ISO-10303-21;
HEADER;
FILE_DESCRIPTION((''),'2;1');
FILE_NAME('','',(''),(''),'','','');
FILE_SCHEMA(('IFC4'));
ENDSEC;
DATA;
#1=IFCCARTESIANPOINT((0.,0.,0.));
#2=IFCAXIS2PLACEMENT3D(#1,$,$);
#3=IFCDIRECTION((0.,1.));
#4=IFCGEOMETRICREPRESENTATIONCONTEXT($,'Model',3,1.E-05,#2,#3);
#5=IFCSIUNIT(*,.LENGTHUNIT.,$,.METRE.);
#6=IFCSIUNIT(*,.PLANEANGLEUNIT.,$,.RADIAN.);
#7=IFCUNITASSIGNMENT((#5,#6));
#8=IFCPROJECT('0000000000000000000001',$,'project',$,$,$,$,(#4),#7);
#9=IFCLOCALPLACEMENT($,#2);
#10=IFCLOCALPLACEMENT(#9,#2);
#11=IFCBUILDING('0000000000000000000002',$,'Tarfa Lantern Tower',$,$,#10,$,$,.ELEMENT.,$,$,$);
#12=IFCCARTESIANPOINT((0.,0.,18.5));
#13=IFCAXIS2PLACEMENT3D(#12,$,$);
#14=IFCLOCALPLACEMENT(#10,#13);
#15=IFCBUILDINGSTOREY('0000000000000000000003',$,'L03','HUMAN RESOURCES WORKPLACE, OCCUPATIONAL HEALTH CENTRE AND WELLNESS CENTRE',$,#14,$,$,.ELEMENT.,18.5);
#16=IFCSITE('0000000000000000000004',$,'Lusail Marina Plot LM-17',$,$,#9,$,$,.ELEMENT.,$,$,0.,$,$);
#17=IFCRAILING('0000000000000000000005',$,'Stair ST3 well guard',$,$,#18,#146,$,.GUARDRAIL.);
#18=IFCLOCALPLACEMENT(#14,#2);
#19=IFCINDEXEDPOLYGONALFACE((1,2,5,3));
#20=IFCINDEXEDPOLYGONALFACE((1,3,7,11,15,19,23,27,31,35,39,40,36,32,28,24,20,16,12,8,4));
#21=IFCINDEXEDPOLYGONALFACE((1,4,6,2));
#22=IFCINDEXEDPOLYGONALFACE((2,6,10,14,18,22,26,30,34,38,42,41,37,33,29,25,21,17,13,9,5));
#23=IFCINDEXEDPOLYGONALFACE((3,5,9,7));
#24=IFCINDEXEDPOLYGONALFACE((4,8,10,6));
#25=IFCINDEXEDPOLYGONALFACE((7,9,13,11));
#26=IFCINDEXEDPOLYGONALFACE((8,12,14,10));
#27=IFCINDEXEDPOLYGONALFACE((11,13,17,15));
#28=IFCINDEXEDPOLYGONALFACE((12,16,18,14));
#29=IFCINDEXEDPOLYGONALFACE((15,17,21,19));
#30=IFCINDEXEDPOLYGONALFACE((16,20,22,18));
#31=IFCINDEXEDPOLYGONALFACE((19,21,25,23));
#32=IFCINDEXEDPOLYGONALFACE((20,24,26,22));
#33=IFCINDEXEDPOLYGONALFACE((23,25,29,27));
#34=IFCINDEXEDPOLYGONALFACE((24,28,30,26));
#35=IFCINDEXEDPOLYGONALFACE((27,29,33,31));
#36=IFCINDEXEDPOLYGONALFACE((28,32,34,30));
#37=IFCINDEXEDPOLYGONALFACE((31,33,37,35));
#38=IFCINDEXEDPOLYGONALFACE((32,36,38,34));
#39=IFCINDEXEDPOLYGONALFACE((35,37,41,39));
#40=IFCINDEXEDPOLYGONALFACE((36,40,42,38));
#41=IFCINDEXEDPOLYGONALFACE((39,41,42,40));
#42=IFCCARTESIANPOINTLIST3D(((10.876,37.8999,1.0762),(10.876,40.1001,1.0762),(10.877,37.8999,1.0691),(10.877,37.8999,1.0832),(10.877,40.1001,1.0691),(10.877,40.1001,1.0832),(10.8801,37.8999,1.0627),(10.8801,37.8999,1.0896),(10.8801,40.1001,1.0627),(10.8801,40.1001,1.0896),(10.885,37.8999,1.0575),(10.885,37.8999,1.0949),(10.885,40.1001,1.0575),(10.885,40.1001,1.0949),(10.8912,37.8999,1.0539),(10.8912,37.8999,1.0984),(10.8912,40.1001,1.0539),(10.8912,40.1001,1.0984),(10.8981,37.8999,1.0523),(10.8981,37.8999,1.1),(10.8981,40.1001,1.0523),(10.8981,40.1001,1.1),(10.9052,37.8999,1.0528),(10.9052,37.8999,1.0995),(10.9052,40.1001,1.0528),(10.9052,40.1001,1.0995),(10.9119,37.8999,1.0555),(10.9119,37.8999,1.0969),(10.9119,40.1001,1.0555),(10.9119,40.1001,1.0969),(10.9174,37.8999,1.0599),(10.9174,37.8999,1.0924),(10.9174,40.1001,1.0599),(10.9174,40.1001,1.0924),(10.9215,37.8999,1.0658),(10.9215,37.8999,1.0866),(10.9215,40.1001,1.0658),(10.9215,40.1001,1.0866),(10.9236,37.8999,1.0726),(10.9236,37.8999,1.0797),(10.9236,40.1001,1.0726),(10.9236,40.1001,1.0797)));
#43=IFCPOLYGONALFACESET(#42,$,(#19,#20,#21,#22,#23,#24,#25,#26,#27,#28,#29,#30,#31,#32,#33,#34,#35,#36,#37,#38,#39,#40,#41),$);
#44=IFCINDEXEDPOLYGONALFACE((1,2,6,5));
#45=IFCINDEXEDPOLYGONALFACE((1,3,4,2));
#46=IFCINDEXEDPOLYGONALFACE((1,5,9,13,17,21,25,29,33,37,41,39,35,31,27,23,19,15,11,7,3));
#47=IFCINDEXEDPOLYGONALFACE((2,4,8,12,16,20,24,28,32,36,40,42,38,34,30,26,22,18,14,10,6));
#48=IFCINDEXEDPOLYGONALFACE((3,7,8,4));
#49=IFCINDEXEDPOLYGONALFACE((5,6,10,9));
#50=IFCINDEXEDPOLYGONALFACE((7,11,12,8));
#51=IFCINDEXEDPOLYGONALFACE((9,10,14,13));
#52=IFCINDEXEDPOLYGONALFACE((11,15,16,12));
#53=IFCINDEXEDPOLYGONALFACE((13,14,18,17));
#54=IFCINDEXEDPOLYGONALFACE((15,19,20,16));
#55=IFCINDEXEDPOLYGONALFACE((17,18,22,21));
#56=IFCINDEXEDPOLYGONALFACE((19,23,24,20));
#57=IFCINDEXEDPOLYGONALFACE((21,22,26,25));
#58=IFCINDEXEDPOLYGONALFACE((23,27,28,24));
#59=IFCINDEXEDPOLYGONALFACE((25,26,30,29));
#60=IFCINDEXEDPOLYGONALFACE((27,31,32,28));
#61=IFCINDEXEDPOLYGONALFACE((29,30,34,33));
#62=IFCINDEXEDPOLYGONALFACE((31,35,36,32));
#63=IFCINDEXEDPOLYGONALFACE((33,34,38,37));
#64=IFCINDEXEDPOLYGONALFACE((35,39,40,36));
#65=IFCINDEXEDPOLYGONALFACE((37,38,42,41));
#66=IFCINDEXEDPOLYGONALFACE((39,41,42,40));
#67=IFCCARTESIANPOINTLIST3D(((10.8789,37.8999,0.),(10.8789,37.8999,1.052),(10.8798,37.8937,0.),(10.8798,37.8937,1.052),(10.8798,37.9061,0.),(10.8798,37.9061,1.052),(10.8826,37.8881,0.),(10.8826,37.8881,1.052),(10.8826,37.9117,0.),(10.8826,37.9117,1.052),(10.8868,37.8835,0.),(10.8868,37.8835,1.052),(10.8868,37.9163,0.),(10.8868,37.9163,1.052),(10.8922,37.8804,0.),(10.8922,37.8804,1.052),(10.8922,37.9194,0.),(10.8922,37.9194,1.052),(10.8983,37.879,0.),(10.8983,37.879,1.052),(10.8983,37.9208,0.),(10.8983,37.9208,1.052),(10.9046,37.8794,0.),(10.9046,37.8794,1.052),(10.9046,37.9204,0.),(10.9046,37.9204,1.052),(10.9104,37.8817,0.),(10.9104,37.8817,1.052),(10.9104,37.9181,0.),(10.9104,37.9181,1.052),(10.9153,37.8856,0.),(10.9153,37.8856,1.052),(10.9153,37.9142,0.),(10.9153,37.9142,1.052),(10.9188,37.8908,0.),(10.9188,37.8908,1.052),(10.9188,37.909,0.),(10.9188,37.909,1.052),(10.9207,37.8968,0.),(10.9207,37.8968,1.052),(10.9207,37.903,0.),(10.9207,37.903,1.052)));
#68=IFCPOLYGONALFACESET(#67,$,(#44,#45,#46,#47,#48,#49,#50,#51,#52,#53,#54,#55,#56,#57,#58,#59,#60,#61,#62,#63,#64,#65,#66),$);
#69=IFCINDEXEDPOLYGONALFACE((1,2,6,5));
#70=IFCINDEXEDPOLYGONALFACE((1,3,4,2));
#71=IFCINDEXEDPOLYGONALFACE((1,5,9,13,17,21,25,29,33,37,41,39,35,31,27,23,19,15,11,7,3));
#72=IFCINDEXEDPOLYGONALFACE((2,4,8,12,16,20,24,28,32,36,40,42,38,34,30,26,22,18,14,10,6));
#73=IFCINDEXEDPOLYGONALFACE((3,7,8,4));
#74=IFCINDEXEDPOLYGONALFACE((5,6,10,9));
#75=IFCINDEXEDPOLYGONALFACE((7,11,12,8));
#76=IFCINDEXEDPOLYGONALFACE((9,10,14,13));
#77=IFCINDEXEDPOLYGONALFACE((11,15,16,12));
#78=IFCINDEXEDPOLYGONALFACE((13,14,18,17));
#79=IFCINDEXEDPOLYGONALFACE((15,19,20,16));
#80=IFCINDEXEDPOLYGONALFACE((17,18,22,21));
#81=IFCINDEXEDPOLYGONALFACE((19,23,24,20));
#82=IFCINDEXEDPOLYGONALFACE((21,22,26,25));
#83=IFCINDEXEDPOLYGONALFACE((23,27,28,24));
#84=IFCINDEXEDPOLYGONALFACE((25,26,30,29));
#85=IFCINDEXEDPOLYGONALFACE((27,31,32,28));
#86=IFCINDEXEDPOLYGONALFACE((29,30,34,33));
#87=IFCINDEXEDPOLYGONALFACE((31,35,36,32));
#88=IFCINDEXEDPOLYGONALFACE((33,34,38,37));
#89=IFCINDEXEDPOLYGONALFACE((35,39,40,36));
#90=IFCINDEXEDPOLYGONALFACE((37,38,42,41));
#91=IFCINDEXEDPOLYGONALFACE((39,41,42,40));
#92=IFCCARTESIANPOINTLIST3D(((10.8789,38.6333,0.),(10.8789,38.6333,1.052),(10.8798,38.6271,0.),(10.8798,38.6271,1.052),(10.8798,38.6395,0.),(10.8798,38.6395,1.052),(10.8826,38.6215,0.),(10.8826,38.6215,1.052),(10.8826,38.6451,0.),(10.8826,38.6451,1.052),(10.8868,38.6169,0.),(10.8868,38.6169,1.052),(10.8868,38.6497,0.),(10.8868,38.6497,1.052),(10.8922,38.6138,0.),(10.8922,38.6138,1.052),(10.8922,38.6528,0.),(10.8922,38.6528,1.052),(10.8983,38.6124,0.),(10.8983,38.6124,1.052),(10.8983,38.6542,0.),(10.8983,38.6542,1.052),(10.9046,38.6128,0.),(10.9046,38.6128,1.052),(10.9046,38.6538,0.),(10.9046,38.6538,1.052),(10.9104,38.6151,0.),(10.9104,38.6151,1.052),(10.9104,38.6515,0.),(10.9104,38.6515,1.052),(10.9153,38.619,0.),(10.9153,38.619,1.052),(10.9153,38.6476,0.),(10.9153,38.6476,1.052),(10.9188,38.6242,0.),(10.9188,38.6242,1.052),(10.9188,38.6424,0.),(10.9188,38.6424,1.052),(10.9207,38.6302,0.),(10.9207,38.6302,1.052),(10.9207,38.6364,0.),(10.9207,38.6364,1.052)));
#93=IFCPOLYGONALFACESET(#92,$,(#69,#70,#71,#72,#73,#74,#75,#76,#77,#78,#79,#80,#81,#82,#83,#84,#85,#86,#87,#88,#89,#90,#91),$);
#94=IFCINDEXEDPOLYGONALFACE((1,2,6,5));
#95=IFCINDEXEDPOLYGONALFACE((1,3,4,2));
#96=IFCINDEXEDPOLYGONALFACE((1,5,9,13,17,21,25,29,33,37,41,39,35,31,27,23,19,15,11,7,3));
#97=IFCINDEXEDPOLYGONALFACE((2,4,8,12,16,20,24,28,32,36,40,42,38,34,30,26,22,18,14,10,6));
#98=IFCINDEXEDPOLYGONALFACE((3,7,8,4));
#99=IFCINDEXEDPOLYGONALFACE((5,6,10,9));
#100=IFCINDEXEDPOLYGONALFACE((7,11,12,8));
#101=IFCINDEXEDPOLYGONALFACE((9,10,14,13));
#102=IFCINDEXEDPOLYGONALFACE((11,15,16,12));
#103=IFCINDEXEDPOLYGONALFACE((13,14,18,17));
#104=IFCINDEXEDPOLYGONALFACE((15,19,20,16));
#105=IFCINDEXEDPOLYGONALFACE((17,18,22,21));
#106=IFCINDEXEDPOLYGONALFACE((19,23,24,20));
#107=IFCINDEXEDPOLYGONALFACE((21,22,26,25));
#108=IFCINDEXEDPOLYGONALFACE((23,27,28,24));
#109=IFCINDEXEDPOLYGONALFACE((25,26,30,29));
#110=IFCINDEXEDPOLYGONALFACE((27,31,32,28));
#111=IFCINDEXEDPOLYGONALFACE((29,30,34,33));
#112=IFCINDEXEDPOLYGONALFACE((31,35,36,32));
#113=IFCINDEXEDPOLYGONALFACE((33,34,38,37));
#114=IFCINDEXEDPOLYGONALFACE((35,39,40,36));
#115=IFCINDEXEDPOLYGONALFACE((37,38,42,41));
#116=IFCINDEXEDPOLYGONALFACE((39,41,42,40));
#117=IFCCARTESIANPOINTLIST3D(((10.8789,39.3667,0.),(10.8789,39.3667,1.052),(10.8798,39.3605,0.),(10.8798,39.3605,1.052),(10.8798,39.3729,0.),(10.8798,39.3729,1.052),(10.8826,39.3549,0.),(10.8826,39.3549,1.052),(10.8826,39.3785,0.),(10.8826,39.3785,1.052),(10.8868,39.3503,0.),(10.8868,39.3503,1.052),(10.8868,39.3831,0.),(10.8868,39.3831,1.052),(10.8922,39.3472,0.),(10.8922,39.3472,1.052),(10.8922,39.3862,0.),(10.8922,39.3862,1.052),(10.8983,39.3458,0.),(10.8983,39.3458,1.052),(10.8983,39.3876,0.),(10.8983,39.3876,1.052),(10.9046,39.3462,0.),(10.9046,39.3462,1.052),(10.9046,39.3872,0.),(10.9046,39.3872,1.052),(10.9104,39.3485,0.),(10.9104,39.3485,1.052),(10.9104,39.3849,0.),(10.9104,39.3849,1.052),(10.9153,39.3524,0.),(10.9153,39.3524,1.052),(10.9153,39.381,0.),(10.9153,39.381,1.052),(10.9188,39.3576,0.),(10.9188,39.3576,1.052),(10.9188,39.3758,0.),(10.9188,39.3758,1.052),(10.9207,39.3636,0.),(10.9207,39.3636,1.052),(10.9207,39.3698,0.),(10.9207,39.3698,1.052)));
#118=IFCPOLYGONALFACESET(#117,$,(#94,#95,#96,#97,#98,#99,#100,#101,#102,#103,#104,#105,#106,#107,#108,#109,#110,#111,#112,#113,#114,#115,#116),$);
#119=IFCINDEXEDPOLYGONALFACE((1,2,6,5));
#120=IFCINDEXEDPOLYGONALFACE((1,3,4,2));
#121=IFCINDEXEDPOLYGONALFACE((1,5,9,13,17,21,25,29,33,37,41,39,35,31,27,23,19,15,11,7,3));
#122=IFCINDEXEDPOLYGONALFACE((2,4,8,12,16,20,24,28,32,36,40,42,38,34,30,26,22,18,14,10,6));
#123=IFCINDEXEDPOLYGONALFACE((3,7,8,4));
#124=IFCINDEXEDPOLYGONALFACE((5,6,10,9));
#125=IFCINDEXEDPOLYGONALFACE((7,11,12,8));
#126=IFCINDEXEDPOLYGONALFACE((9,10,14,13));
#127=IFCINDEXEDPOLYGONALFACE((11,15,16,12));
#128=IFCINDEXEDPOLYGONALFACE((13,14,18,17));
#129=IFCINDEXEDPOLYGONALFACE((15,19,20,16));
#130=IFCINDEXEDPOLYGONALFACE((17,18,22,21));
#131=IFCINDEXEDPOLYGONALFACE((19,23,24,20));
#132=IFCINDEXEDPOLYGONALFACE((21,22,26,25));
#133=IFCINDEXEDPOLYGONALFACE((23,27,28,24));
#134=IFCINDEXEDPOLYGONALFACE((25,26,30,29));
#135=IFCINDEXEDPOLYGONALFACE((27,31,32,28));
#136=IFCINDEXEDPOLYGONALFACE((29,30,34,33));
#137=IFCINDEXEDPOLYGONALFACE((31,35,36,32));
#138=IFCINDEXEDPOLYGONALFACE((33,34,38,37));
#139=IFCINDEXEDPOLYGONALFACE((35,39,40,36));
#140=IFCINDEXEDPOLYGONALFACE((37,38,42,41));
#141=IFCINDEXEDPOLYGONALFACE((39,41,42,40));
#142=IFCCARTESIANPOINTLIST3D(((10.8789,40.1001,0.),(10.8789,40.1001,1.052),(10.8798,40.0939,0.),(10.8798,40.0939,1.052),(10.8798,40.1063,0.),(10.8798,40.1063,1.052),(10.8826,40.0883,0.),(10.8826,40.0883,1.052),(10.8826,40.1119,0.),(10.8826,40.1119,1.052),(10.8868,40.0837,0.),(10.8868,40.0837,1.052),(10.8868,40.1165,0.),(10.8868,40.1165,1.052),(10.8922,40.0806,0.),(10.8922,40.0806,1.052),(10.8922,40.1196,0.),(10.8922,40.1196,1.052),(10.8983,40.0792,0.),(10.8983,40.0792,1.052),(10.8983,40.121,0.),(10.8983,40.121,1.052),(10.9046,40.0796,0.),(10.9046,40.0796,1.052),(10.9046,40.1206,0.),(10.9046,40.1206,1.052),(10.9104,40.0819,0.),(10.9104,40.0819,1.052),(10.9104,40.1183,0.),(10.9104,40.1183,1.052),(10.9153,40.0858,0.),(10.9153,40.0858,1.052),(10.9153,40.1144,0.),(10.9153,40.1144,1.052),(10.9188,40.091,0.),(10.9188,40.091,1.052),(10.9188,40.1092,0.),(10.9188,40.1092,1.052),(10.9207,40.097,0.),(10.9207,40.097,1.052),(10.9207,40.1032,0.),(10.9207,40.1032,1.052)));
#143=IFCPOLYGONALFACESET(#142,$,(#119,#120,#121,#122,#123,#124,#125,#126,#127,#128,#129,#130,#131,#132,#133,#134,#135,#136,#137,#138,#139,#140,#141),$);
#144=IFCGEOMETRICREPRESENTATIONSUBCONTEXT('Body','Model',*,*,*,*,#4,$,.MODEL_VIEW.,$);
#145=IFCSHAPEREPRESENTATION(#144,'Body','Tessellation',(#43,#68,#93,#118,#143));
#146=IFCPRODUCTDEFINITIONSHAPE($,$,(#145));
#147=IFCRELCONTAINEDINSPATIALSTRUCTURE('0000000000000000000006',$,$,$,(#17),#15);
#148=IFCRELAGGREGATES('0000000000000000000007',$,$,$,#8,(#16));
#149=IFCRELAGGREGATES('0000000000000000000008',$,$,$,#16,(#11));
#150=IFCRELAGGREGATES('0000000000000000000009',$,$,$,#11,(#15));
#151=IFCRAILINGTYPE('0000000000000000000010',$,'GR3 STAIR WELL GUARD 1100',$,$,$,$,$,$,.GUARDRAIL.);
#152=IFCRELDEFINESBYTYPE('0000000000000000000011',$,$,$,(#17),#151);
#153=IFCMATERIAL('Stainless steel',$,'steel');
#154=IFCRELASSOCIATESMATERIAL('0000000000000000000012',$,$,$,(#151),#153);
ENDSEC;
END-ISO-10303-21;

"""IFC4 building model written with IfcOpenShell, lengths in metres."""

from ifc_helpers import new_model, si_unit, direction, frame, origin, origin_2d, place, context, subcontext, project, spatial, circle, extrude, material, type_object, element, save


model = new_model("IFC4")

# Units and contexts
model_context = context("Model", 3, precision=1e-05, world=origin(), true_north=direction((0.0, 1.0)))
body_context = subcontext(model_context, "Body", "Model", "MODEL_VIEW")
ifc_project = project(units=[si_unit("LENGTHUNIT", "METRE"), si_unit("PLANEANGLEUNIT", "RADIAN")], contexts=[model_context])

# Site, building, storey
site_placement = place(None, origin())
site = spatial("IfcSite", under=ifc_project, at=site_placement, Name="Lusail Marina Plot LM-17", CompositionType="ELEMENT", RefElevation=0.0)
building_placement = place(site_placement, origin())
building = spatial("IfcBuilding", under=site, at=building_placement, Name="Tarfa Lantern Tower", CompositionType="ELEMENT")
storey_placement = place(building_placement, frame((0.0, 0.0, 18.5)))
storey = spatial("IfcBuildingStorey", under=building, at=storey_placement, Name="L03", Description="HUMAN RESOURCES WORKPLACE, OCCUPATIONAL HEALTH CENTRE AND WELLNESS CENTRE", CompositionType="ELEMENT", Elevation=18.5)

# Railing
ifc_material_1 = material(Name="Stainless steel", Category="steel")
railing_type = type_object("IfcRailingType", Name="GR3 STAIR WELL GUARD 1100", PredefinedType="GUARDRAIL", material=ifc_material_1)
railing_placement = place(storey_placement, frame((10.8999, 37.8999, 0.0)))
element("IfcRailing", 1, at=railing_placement, inside=storey, type_object=railing_type, Name="Stair ST3 well guard", PredefinedType="GUARDRAIL", context=body_context, shape_type="SweptSolid", body=[
    extrude(circle(Radius=0.0239, at=origin_2d()), frame((0.0, 0.0, 1.0762), z_axis=(0.0, 1.0, 0.0), x_axis=(-1.0, 0.0, 0.0)), (0.0, 0.0, 1.0), 2.2002),
    extrude(circle(Radius=0.021, at=origin_2d()), frame((0.0, 0.0, 0.0), z_axis=(0.0, 0.0, 1.0), x_axis=(-1.0, 0.0, 0.0)), (0.0, 0.0, 1.0), 1.052),
    extrude(circle(Radius=0.021, at=origin_2d()), frame((0.0, 0.7334, 0.0), z_axis=(0.0, 0.0, 1.0), x_axis=(-1.0, 0.0, 0.0)), (0.0, 0.0, 1.0), 1.052),
    extrude(circle(Radius=0.021, at=origin_2d()), frame((0.0, 1.4668, 0.0), z_axis=(0.0, 0.0, 1.0), x_axis=(-1.0, 0.0, 0.0)), (0.0, 0.0, 1.0), 1.052),
    extrude(circle(Radius=0.021, at=origin_2d()), frame((0.0, 2.2002, 0.0), z_axis=(0.0, 0.0, 1.0), x_axis=(-1.0, 0.0, 0.0)), (0.0, 0.0, 1.0), 1.052),
])

save(model, "model.ifc")
